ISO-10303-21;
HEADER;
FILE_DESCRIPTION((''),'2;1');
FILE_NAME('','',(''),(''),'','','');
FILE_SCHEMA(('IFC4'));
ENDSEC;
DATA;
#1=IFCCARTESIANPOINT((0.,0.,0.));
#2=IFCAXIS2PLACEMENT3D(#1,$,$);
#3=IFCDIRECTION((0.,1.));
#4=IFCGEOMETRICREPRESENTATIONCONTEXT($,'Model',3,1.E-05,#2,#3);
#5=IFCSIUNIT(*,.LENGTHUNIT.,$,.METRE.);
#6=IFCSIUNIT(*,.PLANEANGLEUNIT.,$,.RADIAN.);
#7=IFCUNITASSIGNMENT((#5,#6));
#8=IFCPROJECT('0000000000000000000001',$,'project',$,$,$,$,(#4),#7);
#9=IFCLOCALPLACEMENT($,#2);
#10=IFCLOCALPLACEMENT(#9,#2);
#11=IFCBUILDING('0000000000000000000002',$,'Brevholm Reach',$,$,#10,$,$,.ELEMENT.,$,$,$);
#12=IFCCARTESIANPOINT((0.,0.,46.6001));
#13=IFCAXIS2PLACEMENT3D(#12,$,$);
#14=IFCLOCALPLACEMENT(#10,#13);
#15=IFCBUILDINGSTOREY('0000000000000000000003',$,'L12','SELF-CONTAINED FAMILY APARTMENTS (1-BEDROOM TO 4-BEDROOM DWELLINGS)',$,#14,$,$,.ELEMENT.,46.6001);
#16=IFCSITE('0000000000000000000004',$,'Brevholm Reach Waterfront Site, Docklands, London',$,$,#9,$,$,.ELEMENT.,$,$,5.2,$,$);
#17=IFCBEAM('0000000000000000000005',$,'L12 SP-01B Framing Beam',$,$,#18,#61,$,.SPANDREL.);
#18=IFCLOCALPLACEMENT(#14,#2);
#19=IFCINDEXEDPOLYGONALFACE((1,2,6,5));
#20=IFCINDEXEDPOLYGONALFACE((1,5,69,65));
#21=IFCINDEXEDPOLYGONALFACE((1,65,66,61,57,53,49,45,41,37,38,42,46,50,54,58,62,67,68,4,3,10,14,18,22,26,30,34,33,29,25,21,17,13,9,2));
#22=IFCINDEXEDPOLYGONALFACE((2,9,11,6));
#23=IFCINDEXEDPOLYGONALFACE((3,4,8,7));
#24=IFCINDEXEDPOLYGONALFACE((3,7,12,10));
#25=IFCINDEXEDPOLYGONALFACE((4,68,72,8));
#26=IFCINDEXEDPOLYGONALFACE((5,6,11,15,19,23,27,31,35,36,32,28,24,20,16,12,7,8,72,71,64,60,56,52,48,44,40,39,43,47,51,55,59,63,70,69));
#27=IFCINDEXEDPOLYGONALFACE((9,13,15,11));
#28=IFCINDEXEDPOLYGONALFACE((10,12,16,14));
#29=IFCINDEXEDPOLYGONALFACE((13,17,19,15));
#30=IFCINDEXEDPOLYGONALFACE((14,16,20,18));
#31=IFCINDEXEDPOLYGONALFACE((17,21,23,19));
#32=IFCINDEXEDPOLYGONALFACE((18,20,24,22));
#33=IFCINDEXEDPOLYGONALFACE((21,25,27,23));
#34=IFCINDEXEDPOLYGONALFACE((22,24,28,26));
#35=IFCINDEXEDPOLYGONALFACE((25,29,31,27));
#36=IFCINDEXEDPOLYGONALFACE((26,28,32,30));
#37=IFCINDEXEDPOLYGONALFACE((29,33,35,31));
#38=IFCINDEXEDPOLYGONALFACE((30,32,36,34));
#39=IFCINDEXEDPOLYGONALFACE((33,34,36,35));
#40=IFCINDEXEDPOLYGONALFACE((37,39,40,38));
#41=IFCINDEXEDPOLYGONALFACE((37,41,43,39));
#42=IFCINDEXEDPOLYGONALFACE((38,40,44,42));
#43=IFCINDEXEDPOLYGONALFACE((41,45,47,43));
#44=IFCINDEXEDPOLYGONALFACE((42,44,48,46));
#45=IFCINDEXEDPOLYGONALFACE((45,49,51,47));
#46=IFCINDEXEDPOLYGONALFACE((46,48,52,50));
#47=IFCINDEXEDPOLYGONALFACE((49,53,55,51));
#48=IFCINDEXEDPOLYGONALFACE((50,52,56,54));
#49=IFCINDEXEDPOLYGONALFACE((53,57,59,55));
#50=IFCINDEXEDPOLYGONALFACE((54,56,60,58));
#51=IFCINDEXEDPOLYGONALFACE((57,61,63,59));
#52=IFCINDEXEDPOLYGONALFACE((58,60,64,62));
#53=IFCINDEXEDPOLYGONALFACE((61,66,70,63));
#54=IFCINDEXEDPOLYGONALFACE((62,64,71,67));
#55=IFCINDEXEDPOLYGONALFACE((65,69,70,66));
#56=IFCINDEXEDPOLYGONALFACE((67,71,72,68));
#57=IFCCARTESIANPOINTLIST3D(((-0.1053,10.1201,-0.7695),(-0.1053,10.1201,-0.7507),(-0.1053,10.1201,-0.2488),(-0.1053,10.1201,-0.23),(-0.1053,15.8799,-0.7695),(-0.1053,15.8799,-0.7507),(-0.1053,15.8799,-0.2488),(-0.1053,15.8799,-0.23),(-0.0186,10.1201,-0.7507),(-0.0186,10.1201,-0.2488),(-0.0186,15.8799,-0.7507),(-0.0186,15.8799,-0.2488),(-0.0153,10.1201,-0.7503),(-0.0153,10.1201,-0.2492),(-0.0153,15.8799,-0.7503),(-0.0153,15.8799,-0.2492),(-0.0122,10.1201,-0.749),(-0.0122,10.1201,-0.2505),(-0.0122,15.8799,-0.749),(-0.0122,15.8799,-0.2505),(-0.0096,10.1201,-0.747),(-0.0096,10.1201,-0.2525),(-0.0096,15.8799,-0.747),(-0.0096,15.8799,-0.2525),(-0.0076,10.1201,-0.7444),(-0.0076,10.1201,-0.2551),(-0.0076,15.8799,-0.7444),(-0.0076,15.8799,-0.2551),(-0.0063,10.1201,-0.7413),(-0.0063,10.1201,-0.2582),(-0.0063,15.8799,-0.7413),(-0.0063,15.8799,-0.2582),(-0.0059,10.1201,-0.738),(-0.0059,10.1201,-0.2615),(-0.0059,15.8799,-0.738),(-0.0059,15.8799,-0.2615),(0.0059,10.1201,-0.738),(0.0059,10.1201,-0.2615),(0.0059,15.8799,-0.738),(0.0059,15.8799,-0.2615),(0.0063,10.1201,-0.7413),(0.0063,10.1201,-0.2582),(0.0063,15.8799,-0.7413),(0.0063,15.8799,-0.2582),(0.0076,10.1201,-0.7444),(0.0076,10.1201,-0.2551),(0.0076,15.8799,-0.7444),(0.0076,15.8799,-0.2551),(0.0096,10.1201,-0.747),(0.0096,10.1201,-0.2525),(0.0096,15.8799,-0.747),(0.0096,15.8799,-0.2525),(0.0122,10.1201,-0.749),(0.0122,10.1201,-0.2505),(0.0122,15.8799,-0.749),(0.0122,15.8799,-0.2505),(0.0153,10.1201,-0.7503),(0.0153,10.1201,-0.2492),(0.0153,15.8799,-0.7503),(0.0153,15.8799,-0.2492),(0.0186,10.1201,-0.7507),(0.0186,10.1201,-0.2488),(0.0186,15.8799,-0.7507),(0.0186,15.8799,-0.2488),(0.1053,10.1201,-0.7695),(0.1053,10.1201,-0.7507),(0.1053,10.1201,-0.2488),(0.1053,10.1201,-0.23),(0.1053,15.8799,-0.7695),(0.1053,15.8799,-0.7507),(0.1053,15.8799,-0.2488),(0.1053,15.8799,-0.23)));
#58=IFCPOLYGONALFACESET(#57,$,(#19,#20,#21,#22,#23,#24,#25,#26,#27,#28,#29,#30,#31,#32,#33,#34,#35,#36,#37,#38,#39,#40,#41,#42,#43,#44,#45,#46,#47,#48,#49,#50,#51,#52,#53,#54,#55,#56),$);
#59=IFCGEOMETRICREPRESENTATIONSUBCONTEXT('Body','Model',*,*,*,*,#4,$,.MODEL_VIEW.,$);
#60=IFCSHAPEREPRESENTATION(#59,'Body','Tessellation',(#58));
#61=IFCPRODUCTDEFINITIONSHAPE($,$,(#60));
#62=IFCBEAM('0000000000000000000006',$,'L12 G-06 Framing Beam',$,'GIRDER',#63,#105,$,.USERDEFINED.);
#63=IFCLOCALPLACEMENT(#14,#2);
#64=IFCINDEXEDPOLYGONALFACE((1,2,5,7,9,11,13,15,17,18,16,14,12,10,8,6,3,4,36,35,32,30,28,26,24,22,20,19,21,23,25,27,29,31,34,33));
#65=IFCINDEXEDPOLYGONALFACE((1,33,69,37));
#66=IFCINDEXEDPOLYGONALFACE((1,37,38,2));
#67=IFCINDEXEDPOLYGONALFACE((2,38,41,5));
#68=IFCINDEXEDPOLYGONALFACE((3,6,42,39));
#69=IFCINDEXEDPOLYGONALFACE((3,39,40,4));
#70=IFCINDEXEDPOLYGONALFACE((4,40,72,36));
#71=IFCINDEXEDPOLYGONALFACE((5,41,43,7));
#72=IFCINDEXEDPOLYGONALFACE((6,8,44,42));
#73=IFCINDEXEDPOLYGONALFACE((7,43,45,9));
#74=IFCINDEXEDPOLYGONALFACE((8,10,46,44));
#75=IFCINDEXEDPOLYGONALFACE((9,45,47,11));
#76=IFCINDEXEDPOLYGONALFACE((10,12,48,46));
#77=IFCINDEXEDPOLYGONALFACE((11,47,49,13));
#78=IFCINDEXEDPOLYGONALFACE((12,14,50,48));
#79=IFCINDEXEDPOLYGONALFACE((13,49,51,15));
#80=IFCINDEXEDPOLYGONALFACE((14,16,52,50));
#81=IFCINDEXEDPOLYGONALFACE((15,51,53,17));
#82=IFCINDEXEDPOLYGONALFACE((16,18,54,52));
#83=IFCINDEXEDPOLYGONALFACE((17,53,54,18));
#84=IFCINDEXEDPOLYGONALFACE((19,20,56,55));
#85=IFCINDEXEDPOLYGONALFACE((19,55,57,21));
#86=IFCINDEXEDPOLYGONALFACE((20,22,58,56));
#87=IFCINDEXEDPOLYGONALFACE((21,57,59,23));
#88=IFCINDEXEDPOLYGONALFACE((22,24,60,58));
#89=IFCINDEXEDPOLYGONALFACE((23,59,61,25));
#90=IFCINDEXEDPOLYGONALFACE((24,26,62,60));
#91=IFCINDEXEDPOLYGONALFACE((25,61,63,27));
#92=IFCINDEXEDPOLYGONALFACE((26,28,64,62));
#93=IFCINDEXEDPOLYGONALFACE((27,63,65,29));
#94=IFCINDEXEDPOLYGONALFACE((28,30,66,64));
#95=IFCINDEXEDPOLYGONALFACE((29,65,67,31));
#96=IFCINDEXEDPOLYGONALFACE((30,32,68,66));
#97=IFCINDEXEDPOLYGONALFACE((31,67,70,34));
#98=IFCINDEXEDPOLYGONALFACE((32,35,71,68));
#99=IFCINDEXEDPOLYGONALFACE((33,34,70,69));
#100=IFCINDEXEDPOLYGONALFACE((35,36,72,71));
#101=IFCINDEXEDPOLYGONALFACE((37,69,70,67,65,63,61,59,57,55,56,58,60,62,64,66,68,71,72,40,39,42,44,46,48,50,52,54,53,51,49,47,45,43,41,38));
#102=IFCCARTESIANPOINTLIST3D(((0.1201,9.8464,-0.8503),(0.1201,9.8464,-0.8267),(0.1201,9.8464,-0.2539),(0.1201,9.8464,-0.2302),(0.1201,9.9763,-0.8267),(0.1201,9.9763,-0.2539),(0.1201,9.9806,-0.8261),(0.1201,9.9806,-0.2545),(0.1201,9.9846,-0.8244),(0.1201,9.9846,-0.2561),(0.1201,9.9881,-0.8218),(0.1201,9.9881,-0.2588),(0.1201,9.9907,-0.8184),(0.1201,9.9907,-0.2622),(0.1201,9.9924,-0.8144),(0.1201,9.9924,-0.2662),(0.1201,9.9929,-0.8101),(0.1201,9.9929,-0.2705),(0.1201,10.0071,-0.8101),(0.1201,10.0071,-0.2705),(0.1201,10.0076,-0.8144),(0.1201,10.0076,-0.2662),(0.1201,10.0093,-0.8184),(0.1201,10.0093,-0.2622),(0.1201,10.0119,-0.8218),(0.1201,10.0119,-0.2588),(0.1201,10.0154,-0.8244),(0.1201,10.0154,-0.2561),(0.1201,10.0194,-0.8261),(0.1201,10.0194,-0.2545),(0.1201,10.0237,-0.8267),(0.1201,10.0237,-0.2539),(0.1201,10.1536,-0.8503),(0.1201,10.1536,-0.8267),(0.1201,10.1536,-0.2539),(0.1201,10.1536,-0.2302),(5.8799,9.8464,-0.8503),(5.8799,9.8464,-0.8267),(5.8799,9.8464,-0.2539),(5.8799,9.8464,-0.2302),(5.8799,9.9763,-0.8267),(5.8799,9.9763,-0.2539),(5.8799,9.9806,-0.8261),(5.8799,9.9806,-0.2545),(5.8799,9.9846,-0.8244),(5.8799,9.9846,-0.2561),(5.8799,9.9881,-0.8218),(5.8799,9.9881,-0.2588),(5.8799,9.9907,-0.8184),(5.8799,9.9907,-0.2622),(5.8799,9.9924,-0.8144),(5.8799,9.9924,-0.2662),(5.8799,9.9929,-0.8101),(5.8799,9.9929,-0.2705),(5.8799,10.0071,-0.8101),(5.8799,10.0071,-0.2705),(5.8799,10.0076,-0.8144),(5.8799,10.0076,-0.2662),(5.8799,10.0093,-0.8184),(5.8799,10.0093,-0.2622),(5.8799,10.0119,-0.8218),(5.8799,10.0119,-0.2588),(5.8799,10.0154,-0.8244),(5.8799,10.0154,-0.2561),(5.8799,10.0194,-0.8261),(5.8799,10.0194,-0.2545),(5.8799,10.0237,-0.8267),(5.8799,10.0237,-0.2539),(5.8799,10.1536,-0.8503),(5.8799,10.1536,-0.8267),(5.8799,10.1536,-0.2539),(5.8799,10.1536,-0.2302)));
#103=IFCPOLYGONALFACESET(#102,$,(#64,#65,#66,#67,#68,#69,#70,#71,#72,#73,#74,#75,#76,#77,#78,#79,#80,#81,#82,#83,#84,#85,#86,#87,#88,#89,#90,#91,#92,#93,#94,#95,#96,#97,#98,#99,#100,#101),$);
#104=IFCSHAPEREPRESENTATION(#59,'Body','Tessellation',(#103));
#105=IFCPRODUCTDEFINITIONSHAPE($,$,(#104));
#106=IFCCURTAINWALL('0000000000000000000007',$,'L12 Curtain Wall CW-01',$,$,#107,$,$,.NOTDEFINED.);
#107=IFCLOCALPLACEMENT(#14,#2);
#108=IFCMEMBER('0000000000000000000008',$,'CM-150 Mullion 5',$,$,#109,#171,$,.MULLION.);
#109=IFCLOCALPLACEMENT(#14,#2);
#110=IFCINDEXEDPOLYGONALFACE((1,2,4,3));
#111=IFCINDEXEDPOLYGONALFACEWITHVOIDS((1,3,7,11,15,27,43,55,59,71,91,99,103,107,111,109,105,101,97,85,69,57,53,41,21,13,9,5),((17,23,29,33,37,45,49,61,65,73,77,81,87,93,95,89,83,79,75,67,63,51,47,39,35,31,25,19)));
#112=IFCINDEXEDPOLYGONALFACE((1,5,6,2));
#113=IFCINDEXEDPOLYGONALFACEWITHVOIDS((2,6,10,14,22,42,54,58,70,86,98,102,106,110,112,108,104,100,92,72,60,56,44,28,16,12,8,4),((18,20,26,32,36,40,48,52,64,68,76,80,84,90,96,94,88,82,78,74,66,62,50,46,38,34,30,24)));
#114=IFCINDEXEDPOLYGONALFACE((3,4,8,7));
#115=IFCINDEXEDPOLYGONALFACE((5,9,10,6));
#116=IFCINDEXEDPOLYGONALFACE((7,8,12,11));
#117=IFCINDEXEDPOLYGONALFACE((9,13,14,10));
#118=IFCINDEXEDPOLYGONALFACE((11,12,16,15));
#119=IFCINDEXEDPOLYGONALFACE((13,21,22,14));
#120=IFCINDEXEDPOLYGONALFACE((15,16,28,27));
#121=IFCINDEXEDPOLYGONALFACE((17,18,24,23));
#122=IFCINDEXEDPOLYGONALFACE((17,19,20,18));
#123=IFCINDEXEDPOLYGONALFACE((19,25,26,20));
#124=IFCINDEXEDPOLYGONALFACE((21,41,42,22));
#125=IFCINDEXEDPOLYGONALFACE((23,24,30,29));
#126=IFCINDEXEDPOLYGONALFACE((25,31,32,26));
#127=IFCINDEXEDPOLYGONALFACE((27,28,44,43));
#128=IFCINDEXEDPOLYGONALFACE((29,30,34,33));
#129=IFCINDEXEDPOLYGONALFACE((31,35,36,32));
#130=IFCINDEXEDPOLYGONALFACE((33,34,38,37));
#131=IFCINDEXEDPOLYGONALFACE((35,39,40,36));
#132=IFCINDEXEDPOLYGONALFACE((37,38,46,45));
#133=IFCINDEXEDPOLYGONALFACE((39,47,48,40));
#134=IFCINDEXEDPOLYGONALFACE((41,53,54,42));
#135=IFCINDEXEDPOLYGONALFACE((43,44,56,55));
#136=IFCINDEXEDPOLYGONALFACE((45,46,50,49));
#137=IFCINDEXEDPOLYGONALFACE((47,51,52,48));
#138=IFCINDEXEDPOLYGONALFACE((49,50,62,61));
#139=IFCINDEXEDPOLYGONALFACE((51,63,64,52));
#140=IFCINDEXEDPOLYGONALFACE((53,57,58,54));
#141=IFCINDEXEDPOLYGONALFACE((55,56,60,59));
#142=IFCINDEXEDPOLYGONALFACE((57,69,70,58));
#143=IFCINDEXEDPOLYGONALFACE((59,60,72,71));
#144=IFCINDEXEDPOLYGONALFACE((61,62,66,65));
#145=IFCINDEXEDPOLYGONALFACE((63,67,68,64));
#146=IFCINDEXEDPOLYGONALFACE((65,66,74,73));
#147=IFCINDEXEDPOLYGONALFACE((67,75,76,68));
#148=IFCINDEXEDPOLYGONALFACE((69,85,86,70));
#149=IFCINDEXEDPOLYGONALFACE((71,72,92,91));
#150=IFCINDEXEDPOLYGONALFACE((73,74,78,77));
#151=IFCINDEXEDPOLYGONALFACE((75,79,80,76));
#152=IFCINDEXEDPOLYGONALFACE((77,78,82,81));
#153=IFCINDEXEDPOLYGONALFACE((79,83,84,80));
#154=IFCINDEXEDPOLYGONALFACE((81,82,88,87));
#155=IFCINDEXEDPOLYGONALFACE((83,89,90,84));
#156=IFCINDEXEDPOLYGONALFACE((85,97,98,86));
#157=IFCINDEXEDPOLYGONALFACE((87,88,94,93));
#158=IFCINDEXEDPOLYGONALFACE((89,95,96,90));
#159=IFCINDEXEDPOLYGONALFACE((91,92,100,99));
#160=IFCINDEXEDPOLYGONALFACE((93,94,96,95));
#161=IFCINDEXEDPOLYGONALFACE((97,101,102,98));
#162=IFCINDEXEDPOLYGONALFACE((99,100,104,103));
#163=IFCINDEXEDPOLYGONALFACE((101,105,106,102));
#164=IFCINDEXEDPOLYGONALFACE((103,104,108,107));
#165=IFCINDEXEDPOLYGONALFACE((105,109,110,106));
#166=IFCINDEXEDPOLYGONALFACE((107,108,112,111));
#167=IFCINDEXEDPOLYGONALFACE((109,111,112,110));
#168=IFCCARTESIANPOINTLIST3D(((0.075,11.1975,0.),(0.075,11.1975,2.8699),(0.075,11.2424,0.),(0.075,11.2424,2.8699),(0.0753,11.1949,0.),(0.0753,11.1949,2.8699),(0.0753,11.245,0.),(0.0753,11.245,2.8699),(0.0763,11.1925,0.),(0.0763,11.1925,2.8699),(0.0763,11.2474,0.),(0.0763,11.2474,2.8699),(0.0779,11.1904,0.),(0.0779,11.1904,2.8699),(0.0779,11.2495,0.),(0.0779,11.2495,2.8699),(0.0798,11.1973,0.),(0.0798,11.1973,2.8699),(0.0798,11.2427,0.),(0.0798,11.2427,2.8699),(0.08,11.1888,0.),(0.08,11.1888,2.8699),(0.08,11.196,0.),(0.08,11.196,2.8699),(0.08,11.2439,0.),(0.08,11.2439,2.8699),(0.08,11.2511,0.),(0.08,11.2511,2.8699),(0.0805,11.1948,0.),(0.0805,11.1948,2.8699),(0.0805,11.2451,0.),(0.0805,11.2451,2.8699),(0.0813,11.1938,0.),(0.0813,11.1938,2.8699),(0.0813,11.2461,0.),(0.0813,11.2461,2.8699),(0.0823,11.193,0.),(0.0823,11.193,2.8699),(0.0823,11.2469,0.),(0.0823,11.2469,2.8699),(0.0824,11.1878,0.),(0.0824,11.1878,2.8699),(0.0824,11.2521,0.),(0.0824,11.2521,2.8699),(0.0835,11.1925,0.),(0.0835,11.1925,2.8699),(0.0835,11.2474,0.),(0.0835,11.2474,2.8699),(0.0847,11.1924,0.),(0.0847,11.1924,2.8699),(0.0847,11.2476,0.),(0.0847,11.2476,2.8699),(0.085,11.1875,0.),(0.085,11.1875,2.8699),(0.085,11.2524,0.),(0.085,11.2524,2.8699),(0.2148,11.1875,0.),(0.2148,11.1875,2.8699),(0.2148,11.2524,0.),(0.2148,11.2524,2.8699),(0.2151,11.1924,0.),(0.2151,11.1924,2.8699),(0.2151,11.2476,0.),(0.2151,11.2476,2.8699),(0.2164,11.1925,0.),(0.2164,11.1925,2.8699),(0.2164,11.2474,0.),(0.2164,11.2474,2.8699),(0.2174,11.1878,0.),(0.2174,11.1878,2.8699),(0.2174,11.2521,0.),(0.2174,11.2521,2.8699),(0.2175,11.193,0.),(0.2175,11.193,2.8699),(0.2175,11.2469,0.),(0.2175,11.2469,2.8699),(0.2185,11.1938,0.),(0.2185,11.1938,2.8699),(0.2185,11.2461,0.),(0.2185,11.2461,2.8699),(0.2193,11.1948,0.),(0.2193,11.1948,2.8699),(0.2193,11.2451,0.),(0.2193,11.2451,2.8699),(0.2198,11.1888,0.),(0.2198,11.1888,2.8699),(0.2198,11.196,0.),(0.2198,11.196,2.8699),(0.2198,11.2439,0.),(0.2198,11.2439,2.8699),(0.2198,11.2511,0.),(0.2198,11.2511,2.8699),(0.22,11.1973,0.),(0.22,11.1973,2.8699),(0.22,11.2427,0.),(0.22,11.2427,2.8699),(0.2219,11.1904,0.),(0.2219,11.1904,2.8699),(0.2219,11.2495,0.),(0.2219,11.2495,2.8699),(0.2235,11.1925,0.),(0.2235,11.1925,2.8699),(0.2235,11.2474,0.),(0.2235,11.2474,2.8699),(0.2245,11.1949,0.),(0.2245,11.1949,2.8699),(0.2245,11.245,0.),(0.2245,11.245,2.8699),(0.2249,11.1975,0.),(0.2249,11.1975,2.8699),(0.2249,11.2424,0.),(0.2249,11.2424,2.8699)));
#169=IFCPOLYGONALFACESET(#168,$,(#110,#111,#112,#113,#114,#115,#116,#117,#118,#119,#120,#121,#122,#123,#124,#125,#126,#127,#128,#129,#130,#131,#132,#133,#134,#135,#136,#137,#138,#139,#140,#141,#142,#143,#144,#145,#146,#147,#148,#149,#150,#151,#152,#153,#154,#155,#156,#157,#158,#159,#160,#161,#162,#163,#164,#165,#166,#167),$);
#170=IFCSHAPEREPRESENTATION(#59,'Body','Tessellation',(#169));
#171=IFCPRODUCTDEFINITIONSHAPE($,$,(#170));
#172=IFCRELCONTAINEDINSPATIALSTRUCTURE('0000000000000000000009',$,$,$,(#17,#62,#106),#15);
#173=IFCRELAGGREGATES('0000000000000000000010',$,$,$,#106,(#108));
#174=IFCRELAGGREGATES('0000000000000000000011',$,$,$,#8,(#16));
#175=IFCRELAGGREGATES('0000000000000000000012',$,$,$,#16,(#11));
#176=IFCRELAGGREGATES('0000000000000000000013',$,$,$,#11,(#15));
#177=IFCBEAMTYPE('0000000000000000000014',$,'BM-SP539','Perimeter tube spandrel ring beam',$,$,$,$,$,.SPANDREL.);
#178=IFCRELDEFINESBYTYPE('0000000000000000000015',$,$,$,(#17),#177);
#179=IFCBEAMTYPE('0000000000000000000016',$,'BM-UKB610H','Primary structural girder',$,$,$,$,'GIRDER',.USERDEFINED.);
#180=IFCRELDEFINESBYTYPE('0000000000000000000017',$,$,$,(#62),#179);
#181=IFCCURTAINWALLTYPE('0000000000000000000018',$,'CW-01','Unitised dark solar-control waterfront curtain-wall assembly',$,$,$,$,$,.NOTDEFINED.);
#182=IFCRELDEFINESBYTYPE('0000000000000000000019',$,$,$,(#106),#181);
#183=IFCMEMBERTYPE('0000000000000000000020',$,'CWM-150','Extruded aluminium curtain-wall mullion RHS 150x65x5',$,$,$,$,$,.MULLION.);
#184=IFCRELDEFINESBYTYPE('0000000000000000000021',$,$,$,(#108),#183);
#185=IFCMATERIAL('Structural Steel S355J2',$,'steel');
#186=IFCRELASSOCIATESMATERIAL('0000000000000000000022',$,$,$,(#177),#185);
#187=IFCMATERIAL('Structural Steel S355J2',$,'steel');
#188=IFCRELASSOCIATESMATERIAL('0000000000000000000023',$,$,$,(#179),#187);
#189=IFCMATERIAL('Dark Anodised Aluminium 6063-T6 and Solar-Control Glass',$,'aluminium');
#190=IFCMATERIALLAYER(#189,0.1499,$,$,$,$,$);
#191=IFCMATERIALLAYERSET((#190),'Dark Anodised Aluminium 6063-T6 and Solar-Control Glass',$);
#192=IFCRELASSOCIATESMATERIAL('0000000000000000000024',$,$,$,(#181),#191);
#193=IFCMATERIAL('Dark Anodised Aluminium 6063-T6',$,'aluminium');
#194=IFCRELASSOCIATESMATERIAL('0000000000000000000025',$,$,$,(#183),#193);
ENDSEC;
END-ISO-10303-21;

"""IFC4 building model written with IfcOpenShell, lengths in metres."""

from ifc_helpers import new_model, si_unit, direction, frame, origin, origin_2d, place, context, subcontext, project, spatial, hollow_rectangle, i_section, extrude, material, layer, layer_set, material_profile, profile_set, type_object, element, aggregate, save


model = new_model("IFC4")

# Units and contexts
model_context = context("Model", 3, precision=1e-05, world=origin(), true_north=direction((0.0, 1.0)))
body_context = subcontext(model_context, "Body", "Model", "MODEL_VIEW")
ifc_project = project(units=[si_unit("LENGTHUNIT", "METRE"), si_unit("PLANEANGLEUNIT", "RADIAN")], contexts=[model_context])

# Site, building, storey
site_placement = place(None, origin())
site = spatial("IfcSite", under=ifc_project, at=site_placement, Name="Brevholm Reach Waterfront Site, Docklands, London", CompositionType="ELEMENT", RefElevation=5.2)
building_placement = place(site_placement, origin())
building = spatial("IfcBuilding", under=site, at=building_placement, Name="Brevholm Reach", CompositionType="ELEMENT")
storey_placement = place(building_placement, frame((0.0, 0.0, 46.6001)))
storey = spatial("IfcBuildingStorey", under=building, at=storey_placement, Name="L12", Description="SELF-CONTAINED FAMILY APARTMENTS (1-BEDROOM TO 4-BEDROOM DWELLINGS)", CompositionType="ELEMENT", Elevation=46.6001)

# Beams
ifc_material_1 = material(Name="Structural Steel S355J2", Category="steel")
ifc_material_profile_1 = material_profile(ifc_material_1, i_section(OverallWidth=0.2107, OverallDepth=0.5396, WebThickness=0.0117, FlangeThickness=0.0188, FilletRadius=0.0127, at=origin_2d()), Name="UKB 533x210x109")
ifc_profile_set_1 = profile_set([ifc_material_profile_1], Name="Structural Steel S355J2")
beam_type_1 = type_object("IfcBeamType", Name="BM-SP539", Description="Perimeter tube spandrel ring beam", PredefinedType="SPANDREL", material=ifc_profile_set_1)
beam_1_placement = place(storey_placement, frame((0.0, 10.1201, -0.4998), z_axis=(0.0, 1.0, 0.0), x_axis=(-1.0, 0.0, 0.0)))
element("IfcBeam", 1, at=beam_1_placement, inside=storey, type_object=beam_type_1, Name="L12 SP-01B Framing Beam", PredefinedType="SPANDREL", context=body_context, shape_type="SweptSolid", body=[
    extrude(i_section(OverallWidth=0.2107, OverallDepth=0.5396, WebThickness=0.0117, FlangeThickness=0.0188, FilletRadius=0.0127, at=origin_2d()), origin(), (0.0, 0.0, 1.0), 5.7598),
])
ifc_material_2 = material(Name="Structural Steel S355J2", Category="steel")
ifc_material_profile_2 = material_profile(ifc_material_2, i_section(OverallWidth=0.3071, OverallDepth=0.6201, WebThickness=0.0142, FlangeThickness=0.0237, FilletRadius=0.0166, at=origin_2d()), Name="UKB 610x305x179")
ifc_profile_set_2 = profile_set([ifc_material_profile_2], Name="Structural Steel S355J2")
beam_type_2 = type_object("IfcBeamType", Name="BM-UKB610H", Description="Primary structural girder", ElementType="GIRDER", PredefinedType="USERDEFINED", material=ifc_profile_set_2)
beam_2_placement = place(storey_placement, frame((0.1201, 10.0, -0.5403), z_axis=(1.0, 0.0, 0.0), x_axis=(0.0, 1.0, 0.0)))
element("IfcBeam", 2, at=beam_2_placement, inside=storey, type_object=beam_type_2, Name="L12 G-06 Framing Beam", ObjectType="GIRDER", PredefinedType="USERDEFINED", context=body_context, shape_type="SweptSolid", body=[
    extrude(i_section(OverallWidth=0.3071, OverallDepth=0.6201, WebThickness=0.0142, FlangeThickness=0.0237, FilletRadius=0.0166, at=origin_2d()), origin(), (0.0, 0.0, 1.0), 5.7598),
])

# Curtain wall, member
ifc_material_3 = material(Name="Dark Anodised Aluminium 6063-T6 and Solar-Control Glass", Category="aluminium")
ifc_layer_1 = layer(ifc_material_3, 0.1499)
ifc_layer_set_1 = layer_set([ifc_layer_1], Name="Dark Anodised Aluminium 6063-T6 and Solar-Control Glass")
curtain_wall_type = type_object("IfcCurtainWallType", Name="CW-01", Description="Unitised dark solar-control waterfront curtain-wall assembly", PredefinedType="NOTDEFINED", material=ifc_layer_set_1)
curtain_wall_placement = place(storey_placement, origin())
curtain_wall = element("IfcCurtainWall", 3, at=curtain_wall_placement, inside=storey, type_object=curtain_wall_type, Name="L12 Curtain Wall CW-01", PredefinedType="NOTDEFINED")
ifc_material_4 = material(Name="Dark Anodised Aluminium 6063-T6", Category="aluminium")
ifc_material_profile_3 = material_profile(ifc_material_4, hollow_rectangle(XDim=0.0649, YDim=0.1499, WallThickness=0.0049, InnerFilletRadius=0.0049, OuterFilletRadius=0.01, at=origin_2d()), Name="RHS 150x65x5")
ifc_profile_set_3 = profile_set([ifc_material_profile_3], Name="Dark Anodised Aluminium 6063-T6")
member_type_1 = type_object("IfcMemberType", Name="CWM-150", Description="Extruded aluminium curtain-wall mullion RHS 150x65x5", PredefinedType="MULLION", material=ifc_profile_set_3)
member_1_placement = place(storey_placement, frame((0.1499, 11.22, 0.0), z_axis=(0.0, 0.0, 1.0), x_axis=(0.0, -1.0, 0.0)))
member_1 = element("IfcMember", 4, at=member_1_placement, type_object=member_type_1, Name="CM-150 Mullion 5", PredefinedType="MULLION", context=body_context, shape_type="SweptSolid", body=[
    extrude(hollow_rectangle(XDim=0.0649, YDim=0.1499, WallThickness=0.0049, InnerFilletRadius=0.0049, OuterFilletRadius=0.01, at=origin_2d()), origin(), (0.0, 0.0, 1.0), 2.8699),
])
aggregate(curtain_wall, [member_1])

save(model, "model.ifc")
